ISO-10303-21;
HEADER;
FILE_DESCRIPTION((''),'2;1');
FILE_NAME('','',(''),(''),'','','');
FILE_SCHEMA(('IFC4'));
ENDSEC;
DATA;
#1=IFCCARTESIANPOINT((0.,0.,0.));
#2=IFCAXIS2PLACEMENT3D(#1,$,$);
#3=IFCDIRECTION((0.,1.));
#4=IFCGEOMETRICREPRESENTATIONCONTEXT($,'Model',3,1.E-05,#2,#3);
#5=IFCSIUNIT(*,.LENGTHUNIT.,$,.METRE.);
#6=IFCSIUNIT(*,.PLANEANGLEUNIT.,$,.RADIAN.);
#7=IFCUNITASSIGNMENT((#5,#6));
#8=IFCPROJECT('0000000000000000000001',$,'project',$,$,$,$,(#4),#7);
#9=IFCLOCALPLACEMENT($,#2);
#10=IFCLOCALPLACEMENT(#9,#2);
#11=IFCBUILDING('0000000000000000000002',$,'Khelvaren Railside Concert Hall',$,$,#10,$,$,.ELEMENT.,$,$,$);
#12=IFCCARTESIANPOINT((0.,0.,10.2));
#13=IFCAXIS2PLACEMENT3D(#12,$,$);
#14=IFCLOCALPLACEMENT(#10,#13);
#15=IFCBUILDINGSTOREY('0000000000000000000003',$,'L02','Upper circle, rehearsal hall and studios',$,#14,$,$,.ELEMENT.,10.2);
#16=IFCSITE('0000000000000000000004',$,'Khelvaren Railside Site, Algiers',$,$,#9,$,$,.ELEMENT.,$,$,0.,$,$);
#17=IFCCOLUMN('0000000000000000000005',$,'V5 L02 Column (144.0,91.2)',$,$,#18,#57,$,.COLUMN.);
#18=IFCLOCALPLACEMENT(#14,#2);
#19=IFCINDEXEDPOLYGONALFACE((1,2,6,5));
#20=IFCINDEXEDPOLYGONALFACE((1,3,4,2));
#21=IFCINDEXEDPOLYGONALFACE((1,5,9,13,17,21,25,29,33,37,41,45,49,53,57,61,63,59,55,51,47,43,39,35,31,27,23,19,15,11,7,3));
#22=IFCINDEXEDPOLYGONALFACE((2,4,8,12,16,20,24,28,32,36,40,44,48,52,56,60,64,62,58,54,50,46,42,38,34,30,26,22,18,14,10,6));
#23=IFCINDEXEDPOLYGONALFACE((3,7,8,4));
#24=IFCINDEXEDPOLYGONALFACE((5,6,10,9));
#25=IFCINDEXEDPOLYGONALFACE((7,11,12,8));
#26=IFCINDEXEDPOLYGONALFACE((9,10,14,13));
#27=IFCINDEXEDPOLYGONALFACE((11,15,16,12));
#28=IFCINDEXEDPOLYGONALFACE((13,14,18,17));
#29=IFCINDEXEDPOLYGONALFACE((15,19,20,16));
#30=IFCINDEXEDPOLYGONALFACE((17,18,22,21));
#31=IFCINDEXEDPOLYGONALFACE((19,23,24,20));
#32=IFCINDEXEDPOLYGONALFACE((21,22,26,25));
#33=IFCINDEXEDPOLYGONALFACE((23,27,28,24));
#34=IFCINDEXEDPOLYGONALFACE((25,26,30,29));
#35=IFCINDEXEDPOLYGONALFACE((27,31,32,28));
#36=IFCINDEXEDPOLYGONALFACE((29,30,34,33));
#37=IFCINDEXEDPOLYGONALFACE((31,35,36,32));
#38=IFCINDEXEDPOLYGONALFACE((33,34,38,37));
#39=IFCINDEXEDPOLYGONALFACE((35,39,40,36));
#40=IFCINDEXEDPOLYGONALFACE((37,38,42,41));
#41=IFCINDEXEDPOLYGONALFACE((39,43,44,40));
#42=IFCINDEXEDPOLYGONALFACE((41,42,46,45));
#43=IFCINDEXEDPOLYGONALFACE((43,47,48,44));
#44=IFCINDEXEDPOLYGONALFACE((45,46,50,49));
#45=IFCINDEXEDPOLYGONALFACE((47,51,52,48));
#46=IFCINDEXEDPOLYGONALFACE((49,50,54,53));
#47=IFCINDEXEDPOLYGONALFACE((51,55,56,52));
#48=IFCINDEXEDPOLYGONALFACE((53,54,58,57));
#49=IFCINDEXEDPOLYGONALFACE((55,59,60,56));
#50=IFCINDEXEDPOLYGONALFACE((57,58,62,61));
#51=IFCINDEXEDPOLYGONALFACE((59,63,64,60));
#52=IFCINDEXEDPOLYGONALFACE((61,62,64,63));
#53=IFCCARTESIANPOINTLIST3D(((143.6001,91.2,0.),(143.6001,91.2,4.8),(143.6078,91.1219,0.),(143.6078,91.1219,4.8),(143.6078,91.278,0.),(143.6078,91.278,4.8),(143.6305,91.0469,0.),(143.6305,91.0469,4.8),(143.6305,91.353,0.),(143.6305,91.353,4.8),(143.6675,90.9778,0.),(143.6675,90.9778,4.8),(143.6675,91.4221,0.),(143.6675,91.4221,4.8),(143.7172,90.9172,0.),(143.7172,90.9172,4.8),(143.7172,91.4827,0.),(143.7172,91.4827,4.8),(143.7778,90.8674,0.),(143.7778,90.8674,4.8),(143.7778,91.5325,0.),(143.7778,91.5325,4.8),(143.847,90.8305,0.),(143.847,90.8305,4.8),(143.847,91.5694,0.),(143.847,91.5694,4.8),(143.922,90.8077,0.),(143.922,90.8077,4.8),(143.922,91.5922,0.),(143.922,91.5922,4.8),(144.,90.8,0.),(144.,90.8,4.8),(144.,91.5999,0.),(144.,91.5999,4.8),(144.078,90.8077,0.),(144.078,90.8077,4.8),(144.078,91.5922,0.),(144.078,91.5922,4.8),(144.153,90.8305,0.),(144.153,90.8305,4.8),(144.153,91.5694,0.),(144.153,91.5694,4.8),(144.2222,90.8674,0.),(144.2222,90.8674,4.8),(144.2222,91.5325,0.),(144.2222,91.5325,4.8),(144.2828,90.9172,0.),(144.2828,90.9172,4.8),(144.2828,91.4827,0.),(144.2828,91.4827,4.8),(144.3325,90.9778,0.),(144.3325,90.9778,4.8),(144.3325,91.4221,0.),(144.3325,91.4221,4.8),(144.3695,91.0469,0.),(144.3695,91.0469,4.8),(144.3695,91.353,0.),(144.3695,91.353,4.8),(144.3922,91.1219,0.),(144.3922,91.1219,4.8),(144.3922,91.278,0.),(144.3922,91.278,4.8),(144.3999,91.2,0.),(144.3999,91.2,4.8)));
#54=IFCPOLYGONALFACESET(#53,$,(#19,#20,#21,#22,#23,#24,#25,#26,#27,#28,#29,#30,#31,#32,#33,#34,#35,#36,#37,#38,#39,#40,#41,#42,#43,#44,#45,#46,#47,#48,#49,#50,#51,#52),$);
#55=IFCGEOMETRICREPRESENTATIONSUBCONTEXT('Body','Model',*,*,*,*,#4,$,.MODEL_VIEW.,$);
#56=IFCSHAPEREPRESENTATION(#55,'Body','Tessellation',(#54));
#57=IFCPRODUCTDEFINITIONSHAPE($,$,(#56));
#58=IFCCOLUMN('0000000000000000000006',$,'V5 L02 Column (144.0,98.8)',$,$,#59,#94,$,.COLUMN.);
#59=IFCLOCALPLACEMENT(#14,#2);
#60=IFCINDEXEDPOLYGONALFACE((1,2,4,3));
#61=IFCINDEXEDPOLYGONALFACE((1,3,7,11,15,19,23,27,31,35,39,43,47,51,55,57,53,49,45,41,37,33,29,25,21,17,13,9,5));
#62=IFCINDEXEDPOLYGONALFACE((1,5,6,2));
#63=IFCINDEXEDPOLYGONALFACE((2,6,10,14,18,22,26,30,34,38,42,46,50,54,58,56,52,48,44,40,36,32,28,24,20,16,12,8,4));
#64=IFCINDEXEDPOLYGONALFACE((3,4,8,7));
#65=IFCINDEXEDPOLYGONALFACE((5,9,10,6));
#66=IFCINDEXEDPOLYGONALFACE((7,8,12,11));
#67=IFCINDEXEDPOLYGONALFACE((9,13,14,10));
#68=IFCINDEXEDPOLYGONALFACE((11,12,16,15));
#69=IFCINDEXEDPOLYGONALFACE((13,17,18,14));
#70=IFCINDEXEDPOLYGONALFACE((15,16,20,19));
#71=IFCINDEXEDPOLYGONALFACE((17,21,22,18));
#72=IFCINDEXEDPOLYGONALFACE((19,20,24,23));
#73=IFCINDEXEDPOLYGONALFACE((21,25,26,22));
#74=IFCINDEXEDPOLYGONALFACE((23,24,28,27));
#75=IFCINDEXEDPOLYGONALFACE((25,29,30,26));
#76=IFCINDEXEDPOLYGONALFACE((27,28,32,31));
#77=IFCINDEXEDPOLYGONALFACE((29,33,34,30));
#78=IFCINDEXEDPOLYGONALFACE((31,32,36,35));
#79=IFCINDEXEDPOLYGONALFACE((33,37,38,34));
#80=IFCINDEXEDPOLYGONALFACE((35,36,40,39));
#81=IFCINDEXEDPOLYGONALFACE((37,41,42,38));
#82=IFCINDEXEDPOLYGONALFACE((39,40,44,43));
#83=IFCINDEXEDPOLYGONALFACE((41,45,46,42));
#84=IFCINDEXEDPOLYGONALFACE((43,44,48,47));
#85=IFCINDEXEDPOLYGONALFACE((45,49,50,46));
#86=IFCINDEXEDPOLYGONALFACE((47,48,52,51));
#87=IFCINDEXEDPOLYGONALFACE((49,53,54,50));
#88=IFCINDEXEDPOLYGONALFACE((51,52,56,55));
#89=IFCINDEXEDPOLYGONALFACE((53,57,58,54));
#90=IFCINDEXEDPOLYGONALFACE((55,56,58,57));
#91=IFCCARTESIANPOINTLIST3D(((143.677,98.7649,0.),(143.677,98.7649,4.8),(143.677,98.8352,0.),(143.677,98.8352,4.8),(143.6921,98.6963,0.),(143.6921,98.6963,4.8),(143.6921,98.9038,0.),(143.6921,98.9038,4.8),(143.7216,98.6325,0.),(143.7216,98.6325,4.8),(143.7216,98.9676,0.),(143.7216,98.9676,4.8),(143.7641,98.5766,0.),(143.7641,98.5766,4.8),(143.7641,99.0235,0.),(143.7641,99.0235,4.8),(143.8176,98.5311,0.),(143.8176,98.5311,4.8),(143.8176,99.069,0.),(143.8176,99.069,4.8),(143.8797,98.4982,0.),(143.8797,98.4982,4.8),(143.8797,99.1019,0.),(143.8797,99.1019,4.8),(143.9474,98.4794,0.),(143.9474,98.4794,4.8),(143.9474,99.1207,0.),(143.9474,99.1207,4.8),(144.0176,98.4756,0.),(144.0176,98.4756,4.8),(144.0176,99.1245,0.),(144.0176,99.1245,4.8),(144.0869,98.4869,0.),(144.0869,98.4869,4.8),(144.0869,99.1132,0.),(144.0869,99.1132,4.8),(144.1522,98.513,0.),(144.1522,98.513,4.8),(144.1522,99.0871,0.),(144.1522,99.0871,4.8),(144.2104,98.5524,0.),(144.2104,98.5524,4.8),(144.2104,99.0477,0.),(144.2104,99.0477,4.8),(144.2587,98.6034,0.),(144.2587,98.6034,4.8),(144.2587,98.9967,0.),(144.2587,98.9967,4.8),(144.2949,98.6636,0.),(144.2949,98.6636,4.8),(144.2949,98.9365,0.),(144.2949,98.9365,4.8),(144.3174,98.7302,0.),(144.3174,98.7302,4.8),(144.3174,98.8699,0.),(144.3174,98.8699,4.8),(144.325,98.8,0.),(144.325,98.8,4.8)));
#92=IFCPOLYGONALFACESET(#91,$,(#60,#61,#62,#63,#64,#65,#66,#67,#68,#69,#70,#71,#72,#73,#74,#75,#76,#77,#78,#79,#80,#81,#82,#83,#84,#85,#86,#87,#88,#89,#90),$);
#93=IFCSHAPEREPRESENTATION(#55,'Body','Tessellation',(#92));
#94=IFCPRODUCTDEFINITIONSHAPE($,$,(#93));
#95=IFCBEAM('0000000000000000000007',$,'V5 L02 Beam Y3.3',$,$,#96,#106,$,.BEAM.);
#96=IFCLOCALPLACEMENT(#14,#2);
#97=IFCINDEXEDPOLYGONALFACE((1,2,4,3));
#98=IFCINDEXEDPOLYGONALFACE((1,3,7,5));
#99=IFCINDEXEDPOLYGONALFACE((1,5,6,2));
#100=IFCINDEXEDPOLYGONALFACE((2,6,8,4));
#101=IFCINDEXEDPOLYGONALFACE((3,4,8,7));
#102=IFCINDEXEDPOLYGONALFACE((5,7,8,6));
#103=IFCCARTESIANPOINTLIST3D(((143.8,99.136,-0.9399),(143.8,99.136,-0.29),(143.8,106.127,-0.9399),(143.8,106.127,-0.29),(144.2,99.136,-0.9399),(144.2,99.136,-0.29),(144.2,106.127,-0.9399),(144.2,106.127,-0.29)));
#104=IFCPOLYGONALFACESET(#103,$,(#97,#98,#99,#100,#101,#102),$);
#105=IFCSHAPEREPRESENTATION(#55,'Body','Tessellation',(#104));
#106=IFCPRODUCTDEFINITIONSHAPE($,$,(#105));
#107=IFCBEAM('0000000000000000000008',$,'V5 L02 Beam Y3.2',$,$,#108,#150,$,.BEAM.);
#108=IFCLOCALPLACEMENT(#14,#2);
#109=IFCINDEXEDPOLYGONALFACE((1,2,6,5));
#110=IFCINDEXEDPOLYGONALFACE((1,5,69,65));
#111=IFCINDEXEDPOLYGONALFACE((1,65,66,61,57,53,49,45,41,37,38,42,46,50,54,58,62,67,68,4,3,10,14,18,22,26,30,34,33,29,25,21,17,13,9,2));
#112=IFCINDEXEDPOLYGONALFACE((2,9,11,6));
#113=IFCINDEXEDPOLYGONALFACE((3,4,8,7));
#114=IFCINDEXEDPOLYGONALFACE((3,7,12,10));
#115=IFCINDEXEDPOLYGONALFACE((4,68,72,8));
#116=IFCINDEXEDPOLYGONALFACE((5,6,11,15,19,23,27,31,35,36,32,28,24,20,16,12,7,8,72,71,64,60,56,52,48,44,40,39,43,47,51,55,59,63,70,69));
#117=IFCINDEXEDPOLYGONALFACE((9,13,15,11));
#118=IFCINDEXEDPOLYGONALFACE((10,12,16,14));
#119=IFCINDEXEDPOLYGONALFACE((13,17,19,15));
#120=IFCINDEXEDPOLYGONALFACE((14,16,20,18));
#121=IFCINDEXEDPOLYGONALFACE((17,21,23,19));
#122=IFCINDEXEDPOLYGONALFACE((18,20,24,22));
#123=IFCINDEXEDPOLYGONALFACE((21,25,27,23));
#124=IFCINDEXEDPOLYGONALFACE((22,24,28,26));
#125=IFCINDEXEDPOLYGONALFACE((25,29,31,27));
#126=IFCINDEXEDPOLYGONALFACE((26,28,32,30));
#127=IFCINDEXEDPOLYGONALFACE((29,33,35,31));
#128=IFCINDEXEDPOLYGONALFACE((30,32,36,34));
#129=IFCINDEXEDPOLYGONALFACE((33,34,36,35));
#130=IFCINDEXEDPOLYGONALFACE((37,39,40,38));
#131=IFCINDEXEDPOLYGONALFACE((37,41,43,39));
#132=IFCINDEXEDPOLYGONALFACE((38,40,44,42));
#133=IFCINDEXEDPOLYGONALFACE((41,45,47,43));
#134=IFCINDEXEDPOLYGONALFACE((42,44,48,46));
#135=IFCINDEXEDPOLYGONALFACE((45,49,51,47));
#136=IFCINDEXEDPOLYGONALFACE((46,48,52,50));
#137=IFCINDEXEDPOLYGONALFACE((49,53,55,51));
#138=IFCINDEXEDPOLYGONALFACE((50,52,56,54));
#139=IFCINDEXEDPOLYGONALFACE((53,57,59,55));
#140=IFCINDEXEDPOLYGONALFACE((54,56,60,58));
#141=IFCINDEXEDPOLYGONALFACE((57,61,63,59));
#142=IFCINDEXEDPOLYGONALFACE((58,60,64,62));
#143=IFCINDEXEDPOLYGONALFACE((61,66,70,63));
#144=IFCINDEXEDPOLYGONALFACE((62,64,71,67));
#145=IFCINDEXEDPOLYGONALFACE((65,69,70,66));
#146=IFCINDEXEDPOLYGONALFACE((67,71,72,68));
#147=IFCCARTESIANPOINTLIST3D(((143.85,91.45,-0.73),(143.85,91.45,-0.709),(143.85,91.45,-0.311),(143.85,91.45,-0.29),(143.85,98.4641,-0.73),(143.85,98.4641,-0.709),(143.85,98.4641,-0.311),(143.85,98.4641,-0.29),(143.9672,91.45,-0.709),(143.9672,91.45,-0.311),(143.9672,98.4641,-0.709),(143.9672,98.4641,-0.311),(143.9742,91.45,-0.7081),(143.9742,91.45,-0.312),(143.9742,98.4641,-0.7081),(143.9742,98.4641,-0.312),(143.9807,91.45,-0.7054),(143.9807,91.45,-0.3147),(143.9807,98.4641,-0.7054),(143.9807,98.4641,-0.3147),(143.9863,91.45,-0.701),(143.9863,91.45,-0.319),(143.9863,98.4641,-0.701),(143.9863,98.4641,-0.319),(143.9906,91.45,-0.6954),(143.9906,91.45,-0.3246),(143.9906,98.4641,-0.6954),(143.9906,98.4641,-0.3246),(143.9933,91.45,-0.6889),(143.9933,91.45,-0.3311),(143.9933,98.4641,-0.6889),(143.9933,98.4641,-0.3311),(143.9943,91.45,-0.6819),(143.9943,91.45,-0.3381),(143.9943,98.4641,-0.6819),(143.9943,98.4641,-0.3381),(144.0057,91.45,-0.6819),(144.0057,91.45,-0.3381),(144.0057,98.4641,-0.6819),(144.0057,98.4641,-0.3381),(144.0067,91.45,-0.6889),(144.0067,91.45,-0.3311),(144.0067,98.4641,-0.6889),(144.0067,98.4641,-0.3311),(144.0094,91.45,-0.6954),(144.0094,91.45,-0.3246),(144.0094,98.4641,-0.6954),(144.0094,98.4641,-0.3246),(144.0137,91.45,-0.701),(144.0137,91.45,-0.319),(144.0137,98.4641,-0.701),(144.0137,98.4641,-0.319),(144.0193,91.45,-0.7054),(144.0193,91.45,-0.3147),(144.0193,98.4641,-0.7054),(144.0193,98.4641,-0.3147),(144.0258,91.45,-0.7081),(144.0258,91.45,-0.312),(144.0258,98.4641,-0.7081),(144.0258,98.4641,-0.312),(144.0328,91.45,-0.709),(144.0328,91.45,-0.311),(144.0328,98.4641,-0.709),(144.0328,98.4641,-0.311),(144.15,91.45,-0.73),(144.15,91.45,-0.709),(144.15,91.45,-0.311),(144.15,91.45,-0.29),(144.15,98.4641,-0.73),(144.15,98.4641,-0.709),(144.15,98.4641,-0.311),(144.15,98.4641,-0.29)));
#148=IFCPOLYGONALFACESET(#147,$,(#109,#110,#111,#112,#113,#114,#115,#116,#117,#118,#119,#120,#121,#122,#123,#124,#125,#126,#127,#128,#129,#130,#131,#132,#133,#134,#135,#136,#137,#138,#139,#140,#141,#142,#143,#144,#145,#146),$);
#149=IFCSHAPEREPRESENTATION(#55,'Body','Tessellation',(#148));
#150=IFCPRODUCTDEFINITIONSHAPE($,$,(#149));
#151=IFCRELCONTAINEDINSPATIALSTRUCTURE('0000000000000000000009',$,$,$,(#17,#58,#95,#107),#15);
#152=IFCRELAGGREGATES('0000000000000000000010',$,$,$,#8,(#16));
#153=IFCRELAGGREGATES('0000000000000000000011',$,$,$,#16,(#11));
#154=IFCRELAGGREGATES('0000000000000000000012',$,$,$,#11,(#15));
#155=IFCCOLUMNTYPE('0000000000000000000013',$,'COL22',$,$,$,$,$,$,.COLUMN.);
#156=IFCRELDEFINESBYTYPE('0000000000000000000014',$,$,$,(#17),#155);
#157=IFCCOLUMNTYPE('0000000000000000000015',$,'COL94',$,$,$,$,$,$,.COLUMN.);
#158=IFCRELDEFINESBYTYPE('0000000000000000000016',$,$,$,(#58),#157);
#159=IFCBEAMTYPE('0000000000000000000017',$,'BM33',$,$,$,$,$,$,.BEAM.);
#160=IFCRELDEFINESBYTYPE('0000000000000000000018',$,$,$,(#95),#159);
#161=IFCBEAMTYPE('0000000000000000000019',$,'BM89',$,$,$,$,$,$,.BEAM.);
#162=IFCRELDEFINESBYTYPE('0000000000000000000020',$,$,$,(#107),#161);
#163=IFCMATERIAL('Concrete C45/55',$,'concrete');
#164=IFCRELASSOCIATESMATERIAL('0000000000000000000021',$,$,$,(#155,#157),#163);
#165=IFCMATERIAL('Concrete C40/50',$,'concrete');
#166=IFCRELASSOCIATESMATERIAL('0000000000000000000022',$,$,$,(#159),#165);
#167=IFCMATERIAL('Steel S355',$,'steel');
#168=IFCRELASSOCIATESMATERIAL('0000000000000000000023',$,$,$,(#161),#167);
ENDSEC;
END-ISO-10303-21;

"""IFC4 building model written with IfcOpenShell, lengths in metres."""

from ifc_helpers import new_model, si_unit, direction, frame, origin, origin_2d, place, context, subcontext, project, spatial, rectangle, circle, i_section, extrude, material, material_profile, profile_set, type_object, element, save


model = new_model("IFC4")

# Units and contexts
model_context = context("Model", 3, precision=1e-05, world=origin(), true_north=direction((0.0, 1.0)))
body_context = subcontext(model_context, "Body", "Model", "MODEL_VIEW")
ifc_project = project(units=[si_unit("LENGTHUNIT", "METRE"), si_unit("PLANEANGLEUNIT", "RADIAN")], contexts=[model_context])

# Site, building, storey
site_placement = place(None, origin())
site = spatial("IfcSite", under=ifc_project, at=site_placement, Name="Khelvaren Railside Site, Algiers", CompositionType="ELEMENT", RefElevation=0.0)
building_placement = place(site_placement, origin())
building = spatial("IfcBuilding", under=site, at=building_placement, Name="Khelvaren Railside Concert Hall", CompositionType="ELEMENT")
storey_placement = place(building_placement, frame((0.0, 0.0, 10.2)))
storey = spatial("IfcBuildingStorey", under=building, at=storey_placement, Name="L02", Description="Upper circle, rehearsal hall and studios", CompositionType="ELEMENT", Elevation=10.2)

# Columns
ifc_material_1 = material(Name="Concrete C45/55", Category="concrete")
ifc_material_profile_1 = material_profile(ifc_material_1, circle(Radius=0.3999, at=origin_2d()), Name="RC D800")
ifc_profile_set_1 = profile_set([ifc_material_profile_1], Name="Concrete C45/55")
column_type_1 = type_object("IfcColumnType", Name="COL22", PredefinedType="COLUMN", material=ifc_profile_set_1)
column_1_placement = place(storey_placement, frame((144.0, 91.2, 0.0), z_axis=(0.0, 0.0, 1.0), x_axis=(1.0, 0.0, 0.0)))
element("IfcColumn", 1, at=column_1_placement, inside=storey, type_object=column_type_1, Name="V5 L02 Column (144.0,91.2)", PredefinedType="COLUMN", context=body_context, shape_type="SweptSolid", body=[
    extrude(circle(Radius=0.3999, at=origin_2d()), origin(), (0.0, 0.0, 1.0), 4.8),
])
ifc_material_profile_2 = material_profile(ifc_material_1, circle(Radius=0.325, at=origin_2d()), Name="RC D650")
ifc_profile_set_2 = profile_set([ifc_material_profile_2], Name="Concrete C45/55")
column_type_2 = type_object("IfcColumnType", Name="COL94", PredefinedType="COLUMN", material=ifc_profile_set_2)
column_2_placement = place(storey_placement, frame((144.0, 98.8, 0.0), z_axis=(0.0, 0.0, 1.0), x_axis=(1.0, 0.0, 0.0)))
element("IfcColumn", 2, at=column_2_placement, inside=storey, type_object=column_type_2, Name="V5 L02 Column (144.0,98.8)", PredefinedType="COLUMN", context=body_context, shape_type="SweptSolid", body=[
    extrude(circle(Radius=0.325, at=origin_2d()), origin(), (0.0, 0.0, 1.0), 4.8),
])

# Beams
ifc_material_2 = material(Name="Concrete C40/50", Category="concrete")
ifc_material_profile_3 = material_profile(ifc_material_2, rectangle(XDim=0.3999, YDim=0.6499, at=origin_2d()), Name="RCB 400x650")
ifc_profile_set_3 = profile_set([ifc_material_profile_3], Name="Concrete C40/50")
beam_type_1 = type_object("IfcBeamType", Name="BM33", PredefinedType="BEAM", material=ifc_profile_set_3)
beam_1_placement = place(storey_placement, frame((144.0, 99.136, -0.615), z_axis=(0.0, 1.0, 0.0), x_axis=(-1.0, 0.0, 0.0)))
element("IfcBeam", 3, at=beam_1_placement, inside=storey, type_object=beam_type_1, Name="V5 L02 Beam Y3.3", PredefinedType="BEAM", context=body_context, shape_type="SweptSolid", body=[
    extrude(rectangle(XDim=0.3999, YDim=0.6499, at=origin_2d()), origin(), (0.0, 0.0, 1.0), 6.991),
])
ifc_material_3 = material(Name="Steel S355", Category="steel")
ifc_material_profile_4 = material_profile(ifc_material_3, i_section(OverallWidth=0.3, OverallDepth=0.4399, WebThickness=0.0115, FlangeThickness=0.021, FilletRadius=0.0271, at=origin_2d()), Name="HEA 450")
ifc_profile_set_4 = profile_set([ifc_material_profile_4], Name="Steel S355")
beam_type_2 = type_object("IfcBeamType", Name="BM89", PredefinedType="BEAM", material=ifc_profile_set_4)
beam_2_placement = place(storey_placement, frame((144.0, 91.45, -0.51), z_axis=(0.0, 1.0, 0.0), x_axis=(-1.0, 0.0, 0.0)))
element("IfcBeam", 4, at=beam_2_placement, inside=storey, type_object=beam_type_2, Name="V5 L02 Beam Y3.2", PredefinedType="BEAM", context=body_context, shape_type="SweptSolid", body=[
    extrude(i_section(OverallWidth=0.3, OverallDepth=0.4399, WebThickness=0.0115, FlangeThickness=0.021, FilletRadius=0.0271, at=origin_2d()), origin(), (0.0, 0.0, 1.0), 7.0142),
])

save(model, "model.ifc")
